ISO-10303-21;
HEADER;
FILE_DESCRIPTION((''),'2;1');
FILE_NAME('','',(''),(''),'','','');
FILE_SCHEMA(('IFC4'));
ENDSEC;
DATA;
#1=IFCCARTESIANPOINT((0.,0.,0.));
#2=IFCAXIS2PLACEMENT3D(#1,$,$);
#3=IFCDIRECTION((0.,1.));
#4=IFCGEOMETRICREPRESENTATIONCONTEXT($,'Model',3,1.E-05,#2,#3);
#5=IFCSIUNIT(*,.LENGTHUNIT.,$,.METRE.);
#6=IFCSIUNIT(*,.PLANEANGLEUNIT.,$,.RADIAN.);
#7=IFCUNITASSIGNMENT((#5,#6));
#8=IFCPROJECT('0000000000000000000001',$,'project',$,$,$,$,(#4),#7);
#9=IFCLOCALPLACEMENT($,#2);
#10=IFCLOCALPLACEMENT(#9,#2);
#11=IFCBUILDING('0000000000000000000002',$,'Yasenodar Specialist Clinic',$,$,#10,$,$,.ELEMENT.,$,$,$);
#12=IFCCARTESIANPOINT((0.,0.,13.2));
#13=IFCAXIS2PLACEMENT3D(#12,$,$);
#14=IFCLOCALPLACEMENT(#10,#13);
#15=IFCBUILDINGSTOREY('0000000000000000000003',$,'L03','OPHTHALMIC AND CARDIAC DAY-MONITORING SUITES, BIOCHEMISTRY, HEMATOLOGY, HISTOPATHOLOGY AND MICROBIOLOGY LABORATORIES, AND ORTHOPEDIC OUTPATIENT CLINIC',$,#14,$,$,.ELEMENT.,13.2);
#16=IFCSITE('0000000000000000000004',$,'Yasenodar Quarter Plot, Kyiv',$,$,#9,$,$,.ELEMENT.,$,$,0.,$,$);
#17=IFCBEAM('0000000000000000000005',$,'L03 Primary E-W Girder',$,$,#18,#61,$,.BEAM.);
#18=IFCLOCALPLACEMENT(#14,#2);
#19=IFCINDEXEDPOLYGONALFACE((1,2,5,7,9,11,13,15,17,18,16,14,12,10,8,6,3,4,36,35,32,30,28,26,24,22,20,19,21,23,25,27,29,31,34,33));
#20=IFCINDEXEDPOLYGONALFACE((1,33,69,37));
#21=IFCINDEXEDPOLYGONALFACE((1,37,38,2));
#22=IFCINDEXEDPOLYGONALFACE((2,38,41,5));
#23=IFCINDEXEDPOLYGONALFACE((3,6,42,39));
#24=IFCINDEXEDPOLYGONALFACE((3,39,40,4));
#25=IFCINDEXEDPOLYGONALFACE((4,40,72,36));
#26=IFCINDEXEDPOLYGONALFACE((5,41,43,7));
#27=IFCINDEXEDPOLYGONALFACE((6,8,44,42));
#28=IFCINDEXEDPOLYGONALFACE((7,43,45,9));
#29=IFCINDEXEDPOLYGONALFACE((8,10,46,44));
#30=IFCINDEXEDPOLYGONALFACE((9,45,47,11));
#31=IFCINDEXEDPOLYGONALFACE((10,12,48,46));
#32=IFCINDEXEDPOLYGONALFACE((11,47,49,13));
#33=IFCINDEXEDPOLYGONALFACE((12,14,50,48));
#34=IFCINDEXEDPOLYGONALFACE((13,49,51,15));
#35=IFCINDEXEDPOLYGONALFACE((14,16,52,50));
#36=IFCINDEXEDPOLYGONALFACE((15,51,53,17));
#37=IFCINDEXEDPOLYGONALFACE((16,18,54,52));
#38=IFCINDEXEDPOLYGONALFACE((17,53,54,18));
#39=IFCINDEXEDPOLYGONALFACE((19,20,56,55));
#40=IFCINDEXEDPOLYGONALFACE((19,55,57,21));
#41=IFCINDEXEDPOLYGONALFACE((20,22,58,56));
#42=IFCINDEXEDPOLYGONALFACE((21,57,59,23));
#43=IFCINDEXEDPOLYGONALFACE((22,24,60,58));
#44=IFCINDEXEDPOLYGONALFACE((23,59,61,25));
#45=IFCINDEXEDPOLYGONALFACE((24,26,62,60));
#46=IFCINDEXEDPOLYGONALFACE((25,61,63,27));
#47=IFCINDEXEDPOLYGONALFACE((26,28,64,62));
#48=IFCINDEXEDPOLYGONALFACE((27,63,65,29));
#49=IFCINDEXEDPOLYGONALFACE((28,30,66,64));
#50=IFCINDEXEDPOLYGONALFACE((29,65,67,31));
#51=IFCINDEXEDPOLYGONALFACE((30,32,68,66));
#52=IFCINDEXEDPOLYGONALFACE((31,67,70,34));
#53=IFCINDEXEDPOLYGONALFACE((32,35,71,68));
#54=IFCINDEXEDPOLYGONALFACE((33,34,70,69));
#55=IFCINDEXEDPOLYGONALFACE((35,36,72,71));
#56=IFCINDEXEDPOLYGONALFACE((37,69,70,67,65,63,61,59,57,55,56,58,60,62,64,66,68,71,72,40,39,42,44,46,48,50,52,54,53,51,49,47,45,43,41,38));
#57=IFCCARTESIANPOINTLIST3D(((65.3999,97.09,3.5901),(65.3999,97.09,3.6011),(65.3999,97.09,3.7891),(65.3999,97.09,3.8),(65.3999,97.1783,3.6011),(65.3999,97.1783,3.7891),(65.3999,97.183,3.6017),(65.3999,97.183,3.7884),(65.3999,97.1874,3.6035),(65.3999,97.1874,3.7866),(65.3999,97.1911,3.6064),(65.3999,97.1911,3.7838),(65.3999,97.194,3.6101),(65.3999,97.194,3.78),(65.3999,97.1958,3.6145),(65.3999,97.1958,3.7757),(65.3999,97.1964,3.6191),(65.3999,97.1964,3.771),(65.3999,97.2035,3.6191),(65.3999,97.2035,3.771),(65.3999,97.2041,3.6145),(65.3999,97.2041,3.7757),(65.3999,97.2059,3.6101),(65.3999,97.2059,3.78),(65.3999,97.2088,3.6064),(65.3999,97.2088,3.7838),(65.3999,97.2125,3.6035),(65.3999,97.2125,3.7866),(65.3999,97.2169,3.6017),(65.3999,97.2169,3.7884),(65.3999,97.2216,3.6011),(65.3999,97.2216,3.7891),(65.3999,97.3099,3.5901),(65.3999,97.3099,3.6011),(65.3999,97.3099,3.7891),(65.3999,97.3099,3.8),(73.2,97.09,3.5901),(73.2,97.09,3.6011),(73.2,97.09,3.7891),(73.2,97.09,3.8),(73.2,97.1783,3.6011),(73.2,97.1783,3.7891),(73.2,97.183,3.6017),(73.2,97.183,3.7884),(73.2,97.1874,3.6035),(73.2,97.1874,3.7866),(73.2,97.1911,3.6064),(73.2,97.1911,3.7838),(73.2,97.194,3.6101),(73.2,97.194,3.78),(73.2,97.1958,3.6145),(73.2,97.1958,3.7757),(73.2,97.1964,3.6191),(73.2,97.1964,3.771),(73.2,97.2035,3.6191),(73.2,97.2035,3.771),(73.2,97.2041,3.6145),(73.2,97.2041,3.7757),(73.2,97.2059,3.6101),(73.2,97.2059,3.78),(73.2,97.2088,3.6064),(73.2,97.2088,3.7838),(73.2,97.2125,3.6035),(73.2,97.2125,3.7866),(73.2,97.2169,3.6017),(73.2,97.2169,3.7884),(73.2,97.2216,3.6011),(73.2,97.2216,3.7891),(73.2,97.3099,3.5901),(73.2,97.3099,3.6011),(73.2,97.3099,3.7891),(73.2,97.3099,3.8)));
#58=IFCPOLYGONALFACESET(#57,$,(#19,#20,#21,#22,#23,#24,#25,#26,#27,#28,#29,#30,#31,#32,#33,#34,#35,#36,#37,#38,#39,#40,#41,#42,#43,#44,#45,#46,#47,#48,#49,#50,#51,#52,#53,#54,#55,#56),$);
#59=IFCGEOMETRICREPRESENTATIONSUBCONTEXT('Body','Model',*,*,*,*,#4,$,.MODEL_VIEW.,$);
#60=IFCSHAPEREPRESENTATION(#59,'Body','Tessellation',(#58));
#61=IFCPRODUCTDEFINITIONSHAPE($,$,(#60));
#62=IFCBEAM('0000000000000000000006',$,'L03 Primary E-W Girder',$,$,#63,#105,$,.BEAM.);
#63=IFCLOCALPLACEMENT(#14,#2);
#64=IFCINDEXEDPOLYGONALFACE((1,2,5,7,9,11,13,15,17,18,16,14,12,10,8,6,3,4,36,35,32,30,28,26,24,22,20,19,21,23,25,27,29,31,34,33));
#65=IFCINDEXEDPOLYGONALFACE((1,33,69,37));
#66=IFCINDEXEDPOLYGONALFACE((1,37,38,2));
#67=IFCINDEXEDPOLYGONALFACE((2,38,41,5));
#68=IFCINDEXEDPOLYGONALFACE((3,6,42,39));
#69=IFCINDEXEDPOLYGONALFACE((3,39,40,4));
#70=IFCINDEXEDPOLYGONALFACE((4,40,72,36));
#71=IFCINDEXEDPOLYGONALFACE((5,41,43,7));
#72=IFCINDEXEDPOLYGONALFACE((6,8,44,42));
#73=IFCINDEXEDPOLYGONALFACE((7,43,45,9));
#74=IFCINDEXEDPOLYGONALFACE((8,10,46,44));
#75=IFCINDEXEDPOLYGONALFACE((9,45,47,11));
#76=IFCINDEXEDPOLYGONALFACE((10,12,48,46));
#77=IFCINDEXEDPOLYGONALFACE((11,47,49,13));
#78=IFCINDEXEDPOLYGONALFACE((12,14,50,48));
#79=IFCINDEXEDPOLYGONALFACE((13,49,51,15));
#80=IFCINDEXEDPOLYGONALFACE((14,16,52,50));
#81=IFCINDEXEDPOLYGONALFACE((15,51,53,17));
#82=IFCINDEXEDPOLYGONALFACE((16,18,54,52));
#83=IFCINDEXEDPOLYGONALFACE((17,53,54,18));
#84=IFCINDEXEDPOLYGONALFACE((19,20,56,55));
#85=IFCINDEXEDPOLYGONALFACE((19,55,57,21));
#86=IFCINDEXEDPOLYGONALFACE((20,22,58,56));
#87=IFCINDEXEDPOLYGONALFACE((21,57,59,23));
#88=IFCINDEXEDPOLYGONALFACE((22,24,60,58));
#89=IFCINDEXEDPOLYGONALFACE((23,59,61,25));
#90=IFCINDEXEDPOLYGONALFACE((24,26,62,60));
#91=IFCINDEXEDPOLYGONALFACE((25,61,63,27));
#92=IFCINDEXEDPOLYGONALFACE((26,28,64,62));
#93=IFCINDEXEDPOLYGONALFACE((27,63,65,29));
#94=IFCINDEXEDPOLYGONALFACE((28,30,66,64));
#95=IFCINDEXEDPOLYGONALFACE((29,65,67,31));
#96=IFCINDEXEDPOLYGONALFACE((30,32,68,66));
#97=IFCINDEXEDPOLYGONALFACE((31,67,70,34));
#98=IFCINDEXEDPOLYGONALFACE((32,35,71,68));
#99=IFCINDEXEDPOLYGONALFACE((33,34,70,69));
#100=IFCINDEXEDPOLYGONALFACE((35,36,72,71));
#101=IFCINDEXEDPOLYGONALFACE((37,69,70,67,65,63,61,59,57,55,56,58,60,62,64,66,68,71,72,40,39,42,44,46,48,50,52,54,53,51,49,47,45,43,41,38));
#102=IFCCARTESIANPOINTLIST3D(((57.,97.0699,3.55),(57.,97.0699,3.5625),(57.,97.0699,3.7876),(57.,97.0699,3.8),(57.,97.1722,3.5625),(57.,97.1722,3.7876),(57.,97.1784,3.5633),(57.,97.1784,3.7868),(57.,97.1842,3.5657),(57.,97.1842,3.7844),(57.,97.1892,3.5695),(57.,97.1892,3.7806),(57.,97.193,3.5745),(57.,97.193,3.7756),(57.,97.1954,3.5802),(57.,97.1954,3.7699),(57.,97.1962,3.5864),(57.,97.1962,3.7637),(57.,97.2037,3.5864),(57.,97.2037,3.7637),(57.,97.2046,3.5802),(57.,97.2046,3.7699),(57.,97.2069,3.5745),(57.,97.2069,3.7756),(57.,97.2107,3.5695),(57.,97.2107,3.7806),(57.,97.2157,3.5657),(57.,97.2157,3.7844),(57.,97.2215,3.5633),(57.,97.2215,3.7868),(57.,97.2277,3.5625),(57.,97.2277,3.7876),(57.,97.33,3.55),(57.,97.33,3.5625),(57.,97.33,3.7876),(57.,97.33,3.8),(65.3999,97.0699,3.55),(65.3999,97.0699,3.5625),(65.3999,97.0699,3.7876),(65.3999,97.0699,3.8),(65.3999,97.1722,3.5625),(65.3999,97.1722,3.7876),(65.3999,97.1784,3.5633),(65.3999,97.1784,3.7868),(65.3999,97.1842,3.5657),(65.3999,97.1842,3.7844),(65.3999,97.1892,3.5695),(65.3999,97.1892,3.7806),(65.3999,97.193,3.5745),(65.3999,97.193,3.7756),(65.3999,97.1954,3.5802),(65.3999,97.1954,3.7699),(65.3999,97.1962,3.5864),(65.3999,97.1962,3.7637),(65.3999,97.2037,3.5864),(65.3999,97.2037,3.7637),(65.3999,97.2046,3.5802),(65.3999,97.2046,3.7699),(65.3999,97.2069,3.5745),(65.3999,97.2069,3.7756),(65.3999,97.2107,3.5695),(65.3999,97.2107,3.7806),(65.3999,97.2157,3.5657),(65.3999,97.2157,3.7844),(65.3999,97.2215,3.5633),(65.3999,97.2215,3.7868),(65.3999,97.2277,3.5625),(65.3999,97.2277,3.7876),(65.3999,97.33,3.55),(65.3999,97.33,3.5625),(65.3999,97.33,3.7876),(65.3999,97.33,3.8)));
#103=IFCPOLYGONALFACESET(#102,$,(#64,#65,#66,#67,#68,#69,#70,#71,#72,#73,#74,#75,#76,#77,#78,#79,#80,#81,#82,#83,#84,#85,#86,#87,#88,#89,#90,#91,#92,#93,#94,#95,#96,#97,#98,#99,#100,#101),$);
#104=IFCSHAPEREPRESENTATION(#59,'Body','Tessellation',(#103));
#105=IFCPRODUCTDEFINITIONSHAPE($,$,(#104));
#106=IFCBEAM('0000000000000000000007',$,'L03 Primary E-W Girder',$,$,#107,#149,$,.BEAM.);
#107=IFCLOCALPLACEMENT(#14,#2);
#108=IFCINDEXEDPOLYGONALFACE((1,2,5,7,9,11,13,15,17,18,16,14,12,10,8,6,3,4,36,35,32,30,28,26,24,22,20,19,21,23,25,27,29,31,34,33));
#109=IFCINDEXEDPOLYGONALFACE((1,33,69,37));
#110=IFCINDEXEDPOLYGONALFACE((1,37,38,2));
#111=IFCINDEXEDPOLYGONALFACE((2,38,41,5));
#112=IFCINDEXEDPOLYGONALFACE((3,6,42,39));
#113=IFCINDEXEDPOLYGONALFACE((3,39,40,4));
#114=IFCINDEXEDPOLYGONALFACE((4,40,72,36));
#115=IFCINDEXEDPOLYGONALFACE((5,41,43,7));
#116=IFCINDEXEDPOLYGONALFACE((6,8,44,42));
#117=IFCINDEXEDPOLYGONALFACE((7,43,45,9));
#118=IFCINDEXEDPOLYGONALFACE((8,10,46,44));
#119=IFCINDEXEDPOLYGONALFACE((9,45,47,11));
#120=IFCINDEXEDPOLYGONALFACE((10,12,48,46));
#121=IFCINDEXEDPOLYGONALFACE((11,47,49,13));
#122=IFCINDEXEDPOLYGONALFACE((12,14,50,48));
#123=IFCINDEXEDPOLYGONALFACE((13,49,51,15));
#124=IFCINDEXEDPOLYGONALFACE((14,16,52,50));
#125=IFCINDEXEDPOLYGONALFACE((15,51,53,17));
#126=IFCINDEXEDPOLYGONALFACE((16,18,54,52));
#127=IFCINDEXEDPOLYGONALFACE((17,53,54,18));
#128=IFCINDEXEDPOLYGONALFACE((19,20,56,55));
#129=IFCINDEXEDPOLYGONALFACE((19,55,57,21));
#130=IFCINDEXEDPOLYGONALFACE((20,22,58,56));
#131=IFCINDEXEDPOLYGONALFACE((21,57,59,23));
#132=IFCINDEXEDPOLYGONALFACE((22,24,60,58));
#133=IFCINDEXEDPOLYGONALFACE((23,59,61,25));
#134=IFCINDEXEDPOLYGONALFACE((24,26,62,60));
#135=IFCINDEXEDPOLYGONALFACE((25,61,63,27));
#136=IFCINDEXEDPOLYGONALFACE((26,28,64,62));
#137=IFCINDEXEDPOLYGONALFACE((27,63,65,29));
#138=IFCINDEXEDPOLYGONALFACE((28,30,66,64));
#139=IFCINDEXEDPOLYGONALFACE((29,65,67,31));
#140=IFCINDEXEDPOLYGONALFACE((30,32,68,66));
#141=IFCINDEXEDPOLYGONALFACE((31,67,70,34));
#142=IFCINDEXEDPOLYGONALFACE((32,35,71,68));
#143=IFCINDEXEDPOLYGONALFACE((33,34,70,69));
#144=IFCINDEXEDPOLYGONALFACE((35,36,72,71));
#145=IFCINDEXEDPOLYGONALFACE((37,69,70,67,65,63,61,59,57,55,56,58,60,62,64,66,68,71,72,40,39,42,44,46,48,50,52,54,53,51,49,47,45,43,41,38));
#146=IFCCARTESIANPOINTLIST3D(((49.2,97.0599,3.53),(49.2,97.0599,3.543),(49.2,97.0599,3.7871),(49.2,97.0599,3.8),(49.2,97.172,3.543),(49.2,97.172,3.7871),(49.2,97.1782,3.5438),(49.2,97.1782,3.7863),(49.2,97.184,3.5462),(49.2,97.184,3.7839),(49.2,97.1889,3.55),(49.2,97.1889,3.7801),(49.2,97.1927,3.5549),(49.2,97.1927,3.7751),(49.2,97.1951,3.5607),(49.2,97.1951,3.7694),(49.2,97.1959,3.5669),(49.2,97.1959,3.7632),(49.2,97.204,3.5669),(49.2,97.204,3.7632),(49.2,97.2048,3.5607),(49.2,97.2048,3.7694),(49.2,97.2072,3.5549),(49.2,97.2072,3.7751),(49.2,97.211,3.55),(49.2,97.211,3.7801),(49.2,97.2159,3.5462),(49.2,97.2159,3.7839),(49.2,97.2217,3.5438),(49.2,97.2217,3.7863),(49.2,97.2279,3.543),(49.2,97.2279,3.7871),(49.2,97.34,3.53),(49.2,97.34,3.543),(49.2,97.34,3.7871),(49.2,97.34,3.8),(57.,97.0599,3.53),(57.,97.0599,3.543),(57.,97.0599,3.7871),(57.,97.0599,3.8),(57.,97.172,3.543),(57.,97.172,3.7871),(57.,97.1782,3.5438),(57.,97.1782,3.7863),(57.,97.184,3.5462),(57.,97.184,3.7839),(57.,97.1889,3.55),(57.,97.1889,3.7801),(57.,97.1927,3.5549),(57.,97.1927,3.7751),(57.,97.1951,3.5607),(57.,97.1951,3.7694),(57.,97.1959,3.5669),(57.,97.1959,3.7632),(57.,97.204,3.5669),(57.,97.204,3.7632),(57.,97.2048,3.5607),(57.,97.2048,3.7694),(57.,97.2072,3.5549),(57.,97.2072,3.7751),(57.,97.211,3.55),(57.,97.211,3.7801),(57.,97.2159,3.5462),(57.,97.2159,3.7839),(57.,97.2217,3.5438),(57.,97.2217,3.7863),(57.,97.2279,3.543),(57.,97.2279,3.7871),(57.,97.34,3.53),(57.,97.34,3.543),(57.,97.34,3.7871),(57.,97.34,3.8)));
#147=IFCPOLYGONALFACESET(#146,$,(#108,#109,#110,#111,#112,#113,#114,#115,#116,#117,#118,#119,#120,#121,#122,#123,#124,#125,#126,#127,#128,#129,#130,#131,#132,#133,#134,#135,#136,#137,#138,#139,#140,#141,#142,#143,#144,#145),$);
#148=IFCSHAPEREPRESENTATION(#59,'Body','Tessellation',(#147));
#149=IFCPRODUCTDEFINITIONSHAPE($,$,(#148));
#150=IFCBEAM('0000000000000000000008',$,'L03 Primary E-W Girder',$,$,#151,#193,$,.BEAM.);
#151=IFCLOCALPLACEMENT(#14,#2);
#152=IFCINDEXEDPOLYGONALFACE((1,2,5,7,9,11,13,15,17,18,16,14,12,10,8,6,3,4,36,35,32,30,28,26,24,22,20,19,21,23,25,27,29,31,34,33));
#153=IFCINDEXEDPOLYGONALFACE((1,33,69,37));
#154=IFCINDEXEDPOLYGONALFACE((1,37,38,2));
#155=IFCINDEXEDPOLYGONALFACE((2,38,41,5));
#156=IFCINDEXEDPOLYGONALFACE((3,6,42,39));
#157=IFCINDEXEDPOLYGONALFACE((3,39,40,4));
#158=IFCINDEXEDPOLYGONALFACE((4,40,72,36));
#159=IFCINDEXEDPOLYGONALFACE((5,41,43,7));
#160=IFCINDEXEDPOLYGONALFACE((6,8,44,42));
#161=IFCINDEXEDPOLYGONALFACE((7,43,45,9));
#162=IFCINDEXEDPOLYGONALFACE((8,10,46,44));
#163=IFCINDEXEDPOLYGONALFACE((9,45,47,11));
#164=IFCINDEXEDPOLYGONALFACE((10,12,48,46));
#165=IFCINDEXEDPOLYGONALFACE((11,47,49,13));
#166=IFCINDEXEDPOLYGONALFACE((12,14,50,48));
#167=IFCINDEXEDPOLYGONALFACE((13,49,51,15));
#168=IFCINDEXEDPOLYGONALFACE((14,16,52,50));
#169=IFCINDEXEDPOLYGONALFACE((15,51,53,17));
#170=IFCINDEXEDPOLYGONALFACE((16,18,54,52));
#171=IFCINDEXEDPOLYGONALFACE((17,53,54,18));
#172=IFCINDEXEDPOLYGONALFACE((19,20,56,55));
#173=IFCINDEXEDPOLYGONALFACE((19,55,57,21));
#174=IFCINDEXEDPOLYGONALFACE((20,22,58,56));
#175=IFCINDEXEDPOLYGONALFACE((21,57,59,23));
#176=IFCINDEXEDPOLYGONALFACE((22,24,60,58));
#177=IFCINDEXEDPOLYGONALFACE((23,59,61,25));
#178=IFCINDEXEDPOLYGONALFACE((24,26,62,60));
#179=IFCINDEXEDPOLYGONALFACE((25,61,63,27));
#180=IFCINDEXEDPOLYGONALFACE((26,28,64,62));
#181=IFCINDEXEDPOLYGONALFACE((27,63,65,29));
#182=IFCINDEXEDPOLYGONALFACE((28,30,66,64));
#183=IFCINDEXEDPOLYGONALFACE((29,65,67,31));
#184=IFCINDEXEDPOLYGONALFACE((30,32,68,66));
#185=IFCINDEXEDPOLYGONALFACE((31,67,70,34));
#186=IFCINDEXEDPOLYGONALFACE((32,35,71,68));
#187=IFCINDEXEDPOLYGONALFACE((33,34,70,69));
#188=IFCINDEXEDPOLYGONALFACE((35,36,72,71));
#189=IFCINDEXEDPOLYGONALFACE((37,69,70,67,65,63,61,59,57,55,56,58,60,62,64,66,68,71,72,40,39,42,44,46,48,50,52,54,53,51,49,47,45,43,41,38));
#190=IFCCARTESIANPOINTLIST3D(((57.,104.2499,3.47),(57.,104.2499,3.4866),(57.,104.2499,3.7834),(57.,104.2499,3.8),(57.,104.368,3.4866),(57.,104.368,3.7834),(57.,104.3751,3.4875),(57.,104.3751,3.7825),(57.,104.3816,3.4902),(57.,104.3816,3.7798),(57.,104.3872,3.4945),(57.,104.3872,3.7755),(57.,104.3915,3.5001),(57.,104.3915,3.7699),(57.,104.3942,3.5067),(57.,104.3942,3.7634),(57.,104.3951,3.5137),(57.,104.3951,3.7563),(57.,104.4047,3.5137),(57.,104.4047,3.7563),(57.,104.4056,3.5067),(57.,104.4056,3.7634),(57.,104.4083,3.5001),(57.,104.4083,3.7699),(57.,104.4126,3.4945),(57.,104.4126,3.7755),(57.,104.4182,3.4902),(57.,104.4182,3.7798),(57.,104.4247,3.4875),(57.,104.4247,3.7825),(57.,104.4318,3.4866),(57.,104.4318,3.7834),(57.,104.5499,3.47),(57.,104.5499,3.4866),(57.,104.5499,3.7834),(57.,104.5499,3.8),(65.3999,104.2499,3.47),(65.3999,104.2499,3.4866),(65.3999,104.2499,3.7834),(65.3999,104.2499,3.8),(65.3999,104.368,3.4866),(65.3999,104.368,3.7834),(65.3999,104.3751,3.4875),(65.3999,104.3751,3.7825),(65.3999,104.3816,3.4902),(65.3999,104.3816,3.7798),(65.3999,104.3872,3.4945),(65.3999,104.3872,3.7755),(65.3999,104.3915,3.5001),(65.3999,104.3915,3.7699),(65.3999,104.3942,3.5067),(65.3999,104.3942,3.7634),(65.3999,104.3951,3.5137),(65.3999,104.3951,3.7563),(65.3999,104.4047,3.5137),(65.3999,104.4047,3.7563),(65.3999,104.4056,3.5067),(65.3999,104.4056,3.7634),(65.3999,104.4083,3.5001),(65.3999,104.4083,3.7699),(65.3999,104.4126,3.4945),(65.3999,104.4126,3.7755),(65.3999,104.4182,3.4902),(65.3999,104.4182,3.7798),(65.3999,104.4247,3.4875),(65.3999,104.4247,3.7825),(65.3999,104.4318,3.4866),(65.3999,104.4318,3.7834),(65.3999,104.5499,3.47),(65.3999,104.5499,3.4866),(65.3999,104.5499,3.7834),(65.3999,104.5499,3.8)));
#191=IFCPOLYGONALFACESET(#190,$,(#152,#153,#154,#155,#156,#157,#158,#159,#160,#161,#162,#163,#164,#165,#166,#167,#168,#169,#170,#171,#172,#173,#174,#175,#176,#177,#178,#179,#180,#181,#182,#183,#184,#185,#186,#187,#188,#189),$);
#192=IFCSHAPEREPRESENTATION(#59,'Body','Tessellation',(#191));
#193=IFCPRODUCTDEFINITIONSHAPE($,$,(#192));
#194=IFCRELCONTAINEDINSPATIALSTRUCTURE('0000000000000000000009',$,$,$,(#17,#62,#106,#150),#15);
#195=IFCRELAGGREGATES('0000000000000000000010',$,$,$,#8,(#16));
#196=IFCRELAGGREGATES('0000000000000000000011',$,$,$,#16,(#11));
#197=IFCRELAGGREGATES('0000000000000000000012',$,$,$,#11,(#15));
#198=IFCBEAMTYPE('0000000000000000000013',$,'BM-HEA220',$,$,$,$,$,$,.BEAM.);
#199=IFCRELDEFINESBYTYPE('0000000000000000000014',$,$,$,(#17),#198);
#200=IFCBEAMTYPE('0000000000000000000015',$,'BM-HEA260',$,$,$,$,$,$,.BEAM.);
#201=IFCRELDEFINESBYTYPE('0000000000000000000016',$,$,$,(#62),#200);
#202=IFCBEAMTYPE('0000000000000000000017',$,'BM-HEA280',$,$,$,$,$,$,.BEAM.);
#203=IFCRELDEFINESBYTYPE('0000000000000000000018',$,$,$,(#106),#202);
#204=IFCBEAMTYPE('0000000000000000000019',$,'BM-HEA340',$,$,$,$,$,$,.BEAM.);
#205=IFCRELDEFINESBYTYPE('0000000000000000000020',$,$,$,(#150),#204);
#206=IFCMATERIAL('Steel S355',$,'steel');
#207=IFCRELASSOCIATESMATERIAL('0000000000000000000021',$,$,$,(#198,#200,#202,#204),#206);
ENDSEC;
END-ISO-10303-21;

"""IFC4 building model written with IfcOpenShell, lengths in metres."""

from ifc_helpers import new_model, si_unit, direction, frame, origin, origin_2d, place, context, subcontext, project, spatial, i_section, extrude, material, material_profile, profile_set, type_object, element, save


model = new_model("IFC4")

# Units and contexts
model_context = context("Model", 3, precision=1e-05, world=origin(), true_north=direction((0.0, 1.0)))
body_context = subcontext(model_context, "Body", "Model", "MODEL_VIEW")
ifc_project = project(units=[si_unit("LENGTHUNIT", "METRE"), si_unit("PLANEANGLEUNIT", "RADIAN")], contexts=[model_context])

# Site, building, storey
site_placement = place(None, origin())
site = spatial("IfcSite", under=ifc_project, at=site_placement, Name="Yasenodar Quarter Plot, Kyiv", CompositionType="ELEMENT", RefElevation=0.0)
building_placement = place(site_placement, origin())
building = spatial("IfcBuilding", under=site, at=building_placement, Name="Yasenodar Specialist Clinic", CompositionType="ELEMENT")
storey_placement = place(building_placement, frame((0.0, 0.0, 13.2)))
storey = spatial("IfcBuildingStorey", under=building, at=storey_placement, Name="L03", Description="OPHTHALMIC AND CARDIAC DAY-MONITORING SUITES, BIOCHEMISTRY, HEMATOLOGY, HISTOPATHOLOGY AND MICROBIOLOGY LABORATORIES, AND ORTHOPEDIC OUTPATIENT CLINIC", CompositionType="ELEMENT", Elevation=13.2)

# Shared definitions
ifc_material_1 = material(Name="Steel S355", Category="steel")

# Beams
ifc_material_profile_1 = material_profile(ifc_material_1, i_section(OverallWidth=0.22, OverallDepth=0.21, WebThickness=0.0071, FlangeThickness=0.011, FilletRadius=0.0181, at=origin_2d()), Name="HEA 220")
ifc_profile_set_1 = profile_set([ifc_material_profile_1], Name="Steel S355")
beam_type_1 = type_object("IfcBeamType", Name="BM-HEA220", PredefinedType="BEAM", material=ifc_profile_set_1)
beam_1_placement = place(storey_placement, frame((65.3999, 97.2, 3.6951), z_axis=(1.0, 0.0, 0.0), x_axis=(0.0, 1.0, 0.0)))
element("IfcBeam", 1, at=beam_1_placement, inside=storey, type_object=beam_type_1, Name="L03 Primary E-W Girder", PredefinedType="BEAM", context=body_context, shape_type="SweptSolid", body=[
    extrude(i_section(OverallWidth=0.22, OverallDepth=0.21, WebThickness=0.0071, FlangeThickness=0.011, FilletRadius=0.0181, at=origin_2d()), origin(), (0.0, 0.0, 1.0), 7.8),
])
ifc_material_profile_2 = material_profile(ifc_material_1, i_section(OverallWidth=0.26, OverallDepth=0.25, WebThickness=0.0076, FlangeThickness=0.0125, FilletRadius=0.0239, at=origin_2d()), Name="HEA 260")
ifc_profile_set_2 = profile_set([ifc_material_profile_2], Name="Steel S355")
beam_type_2 = type_object("IfcBeamType", Name="BM-HEA260", PredefinedType="BEAM", material=ifc_profile_set_2)
beam_2_placement = place(storey_placement, frame((57.0, 97.2, 3.675), z_axis=(1.0, 0.0, 0.0), x_axis=(0.0, 1.0, 0.0)))
element("IfcBeam", 2, at=beam_2_placement, inside=storey, type_object=beam_type_2, Name="L03 Primary E-W Girder", PredefinedType="BEAM", context=body_context, shape_type="SweptSolid", body=[
    extrude(i_section(OverallWidth=0.26, OverallDepth=0.25, WebThickness=0.0076, FlangeThickness=0.0125, FilletRadius=0.0239, at=origin_2d()), origin(), (0.0, 0.0, 1.0), 8.3999),
])
ifc_material_profile_3 = material_profile(ifc_material_1, i_section(OverallWidth=0.28, OverallDepth=0.27, WebThickness=0.0081, FlangeThickness=0.0129, FilletRadius=0.0239, at=origin_2d()), Name="HEA 280")
ifc_profile_set_3 = profile_set([ifc_material_profile_3], Name="Steel S355")
beam_type_3 = type_object("IfcBeamType", Name="BM-HEA280", PredefinedType="BEAM", material=ifc_profile_set_3)
beam_3_placement = place(storey_placement, frame((49.2, 97.2, 3.665), z_axis=(1.0, 0.0, 0.0), x_axis=(0.0, 1.0, 0.0)))
element("IfcBeam", 3, at=beam_3_placement, inside=storey, type_object=beam_type_3, Name="L03 Primary E-W Girder", PredefinedType="BEAM", context=body_context, shape_type="SweptSolid", body=[
    extrude(i_section(OverallWidth=0.28, OverallDepth=0.27, WebThickness=0.0081, FlangeThickness=0.0129, FilletRadius=0.0239, at=origin_2d()), origin(), (0.0, 0.0, 1.0), 7.8),
])
ifc_material_profile_4 = material_profile(ifc_material_1, i_section(OverallWidth=0.3, OverallDepth=0.3301, WebThickness=0.0095, FlangeThickness=0.0166, FilletRadius=0.0271, at=origin_2d()), Name="HEA 340")
ifc_profile_set_4 = profile_set([ifc_material_profile_4], Name="Steel S355")
beam_type_4 = type_object("IfcBeamType", Name="BM-HEA340", PredefinedType="BEAM", material=ifc_profile_set_4)
beam_4_placement = place(storey_placement, frame((57.0, 104.3999, 3.635), z_axis=(1.0, 0.0, 0.0), x_axis=(0.0, 1.0, 0.0)))
element("IfcBeam", 4, at=beam_4_placement, inside=storey, type_object=beam_type_4, Name="L03 Primary E-W Girder", PredefinedType="BEAM", context=body_context, shape_type="SweptSolid", body=[
    extrude(i_section(OverallWidth=0.3, OverallDepth=0.3301, WebThickness=0.0095, FlangeThickness=0.0166, FilletRadius=0.0271, at=origin_2d()), origin(), (0.0, 0.0, 1.0), 8.3999),
])

save(model, "model.ifc")
